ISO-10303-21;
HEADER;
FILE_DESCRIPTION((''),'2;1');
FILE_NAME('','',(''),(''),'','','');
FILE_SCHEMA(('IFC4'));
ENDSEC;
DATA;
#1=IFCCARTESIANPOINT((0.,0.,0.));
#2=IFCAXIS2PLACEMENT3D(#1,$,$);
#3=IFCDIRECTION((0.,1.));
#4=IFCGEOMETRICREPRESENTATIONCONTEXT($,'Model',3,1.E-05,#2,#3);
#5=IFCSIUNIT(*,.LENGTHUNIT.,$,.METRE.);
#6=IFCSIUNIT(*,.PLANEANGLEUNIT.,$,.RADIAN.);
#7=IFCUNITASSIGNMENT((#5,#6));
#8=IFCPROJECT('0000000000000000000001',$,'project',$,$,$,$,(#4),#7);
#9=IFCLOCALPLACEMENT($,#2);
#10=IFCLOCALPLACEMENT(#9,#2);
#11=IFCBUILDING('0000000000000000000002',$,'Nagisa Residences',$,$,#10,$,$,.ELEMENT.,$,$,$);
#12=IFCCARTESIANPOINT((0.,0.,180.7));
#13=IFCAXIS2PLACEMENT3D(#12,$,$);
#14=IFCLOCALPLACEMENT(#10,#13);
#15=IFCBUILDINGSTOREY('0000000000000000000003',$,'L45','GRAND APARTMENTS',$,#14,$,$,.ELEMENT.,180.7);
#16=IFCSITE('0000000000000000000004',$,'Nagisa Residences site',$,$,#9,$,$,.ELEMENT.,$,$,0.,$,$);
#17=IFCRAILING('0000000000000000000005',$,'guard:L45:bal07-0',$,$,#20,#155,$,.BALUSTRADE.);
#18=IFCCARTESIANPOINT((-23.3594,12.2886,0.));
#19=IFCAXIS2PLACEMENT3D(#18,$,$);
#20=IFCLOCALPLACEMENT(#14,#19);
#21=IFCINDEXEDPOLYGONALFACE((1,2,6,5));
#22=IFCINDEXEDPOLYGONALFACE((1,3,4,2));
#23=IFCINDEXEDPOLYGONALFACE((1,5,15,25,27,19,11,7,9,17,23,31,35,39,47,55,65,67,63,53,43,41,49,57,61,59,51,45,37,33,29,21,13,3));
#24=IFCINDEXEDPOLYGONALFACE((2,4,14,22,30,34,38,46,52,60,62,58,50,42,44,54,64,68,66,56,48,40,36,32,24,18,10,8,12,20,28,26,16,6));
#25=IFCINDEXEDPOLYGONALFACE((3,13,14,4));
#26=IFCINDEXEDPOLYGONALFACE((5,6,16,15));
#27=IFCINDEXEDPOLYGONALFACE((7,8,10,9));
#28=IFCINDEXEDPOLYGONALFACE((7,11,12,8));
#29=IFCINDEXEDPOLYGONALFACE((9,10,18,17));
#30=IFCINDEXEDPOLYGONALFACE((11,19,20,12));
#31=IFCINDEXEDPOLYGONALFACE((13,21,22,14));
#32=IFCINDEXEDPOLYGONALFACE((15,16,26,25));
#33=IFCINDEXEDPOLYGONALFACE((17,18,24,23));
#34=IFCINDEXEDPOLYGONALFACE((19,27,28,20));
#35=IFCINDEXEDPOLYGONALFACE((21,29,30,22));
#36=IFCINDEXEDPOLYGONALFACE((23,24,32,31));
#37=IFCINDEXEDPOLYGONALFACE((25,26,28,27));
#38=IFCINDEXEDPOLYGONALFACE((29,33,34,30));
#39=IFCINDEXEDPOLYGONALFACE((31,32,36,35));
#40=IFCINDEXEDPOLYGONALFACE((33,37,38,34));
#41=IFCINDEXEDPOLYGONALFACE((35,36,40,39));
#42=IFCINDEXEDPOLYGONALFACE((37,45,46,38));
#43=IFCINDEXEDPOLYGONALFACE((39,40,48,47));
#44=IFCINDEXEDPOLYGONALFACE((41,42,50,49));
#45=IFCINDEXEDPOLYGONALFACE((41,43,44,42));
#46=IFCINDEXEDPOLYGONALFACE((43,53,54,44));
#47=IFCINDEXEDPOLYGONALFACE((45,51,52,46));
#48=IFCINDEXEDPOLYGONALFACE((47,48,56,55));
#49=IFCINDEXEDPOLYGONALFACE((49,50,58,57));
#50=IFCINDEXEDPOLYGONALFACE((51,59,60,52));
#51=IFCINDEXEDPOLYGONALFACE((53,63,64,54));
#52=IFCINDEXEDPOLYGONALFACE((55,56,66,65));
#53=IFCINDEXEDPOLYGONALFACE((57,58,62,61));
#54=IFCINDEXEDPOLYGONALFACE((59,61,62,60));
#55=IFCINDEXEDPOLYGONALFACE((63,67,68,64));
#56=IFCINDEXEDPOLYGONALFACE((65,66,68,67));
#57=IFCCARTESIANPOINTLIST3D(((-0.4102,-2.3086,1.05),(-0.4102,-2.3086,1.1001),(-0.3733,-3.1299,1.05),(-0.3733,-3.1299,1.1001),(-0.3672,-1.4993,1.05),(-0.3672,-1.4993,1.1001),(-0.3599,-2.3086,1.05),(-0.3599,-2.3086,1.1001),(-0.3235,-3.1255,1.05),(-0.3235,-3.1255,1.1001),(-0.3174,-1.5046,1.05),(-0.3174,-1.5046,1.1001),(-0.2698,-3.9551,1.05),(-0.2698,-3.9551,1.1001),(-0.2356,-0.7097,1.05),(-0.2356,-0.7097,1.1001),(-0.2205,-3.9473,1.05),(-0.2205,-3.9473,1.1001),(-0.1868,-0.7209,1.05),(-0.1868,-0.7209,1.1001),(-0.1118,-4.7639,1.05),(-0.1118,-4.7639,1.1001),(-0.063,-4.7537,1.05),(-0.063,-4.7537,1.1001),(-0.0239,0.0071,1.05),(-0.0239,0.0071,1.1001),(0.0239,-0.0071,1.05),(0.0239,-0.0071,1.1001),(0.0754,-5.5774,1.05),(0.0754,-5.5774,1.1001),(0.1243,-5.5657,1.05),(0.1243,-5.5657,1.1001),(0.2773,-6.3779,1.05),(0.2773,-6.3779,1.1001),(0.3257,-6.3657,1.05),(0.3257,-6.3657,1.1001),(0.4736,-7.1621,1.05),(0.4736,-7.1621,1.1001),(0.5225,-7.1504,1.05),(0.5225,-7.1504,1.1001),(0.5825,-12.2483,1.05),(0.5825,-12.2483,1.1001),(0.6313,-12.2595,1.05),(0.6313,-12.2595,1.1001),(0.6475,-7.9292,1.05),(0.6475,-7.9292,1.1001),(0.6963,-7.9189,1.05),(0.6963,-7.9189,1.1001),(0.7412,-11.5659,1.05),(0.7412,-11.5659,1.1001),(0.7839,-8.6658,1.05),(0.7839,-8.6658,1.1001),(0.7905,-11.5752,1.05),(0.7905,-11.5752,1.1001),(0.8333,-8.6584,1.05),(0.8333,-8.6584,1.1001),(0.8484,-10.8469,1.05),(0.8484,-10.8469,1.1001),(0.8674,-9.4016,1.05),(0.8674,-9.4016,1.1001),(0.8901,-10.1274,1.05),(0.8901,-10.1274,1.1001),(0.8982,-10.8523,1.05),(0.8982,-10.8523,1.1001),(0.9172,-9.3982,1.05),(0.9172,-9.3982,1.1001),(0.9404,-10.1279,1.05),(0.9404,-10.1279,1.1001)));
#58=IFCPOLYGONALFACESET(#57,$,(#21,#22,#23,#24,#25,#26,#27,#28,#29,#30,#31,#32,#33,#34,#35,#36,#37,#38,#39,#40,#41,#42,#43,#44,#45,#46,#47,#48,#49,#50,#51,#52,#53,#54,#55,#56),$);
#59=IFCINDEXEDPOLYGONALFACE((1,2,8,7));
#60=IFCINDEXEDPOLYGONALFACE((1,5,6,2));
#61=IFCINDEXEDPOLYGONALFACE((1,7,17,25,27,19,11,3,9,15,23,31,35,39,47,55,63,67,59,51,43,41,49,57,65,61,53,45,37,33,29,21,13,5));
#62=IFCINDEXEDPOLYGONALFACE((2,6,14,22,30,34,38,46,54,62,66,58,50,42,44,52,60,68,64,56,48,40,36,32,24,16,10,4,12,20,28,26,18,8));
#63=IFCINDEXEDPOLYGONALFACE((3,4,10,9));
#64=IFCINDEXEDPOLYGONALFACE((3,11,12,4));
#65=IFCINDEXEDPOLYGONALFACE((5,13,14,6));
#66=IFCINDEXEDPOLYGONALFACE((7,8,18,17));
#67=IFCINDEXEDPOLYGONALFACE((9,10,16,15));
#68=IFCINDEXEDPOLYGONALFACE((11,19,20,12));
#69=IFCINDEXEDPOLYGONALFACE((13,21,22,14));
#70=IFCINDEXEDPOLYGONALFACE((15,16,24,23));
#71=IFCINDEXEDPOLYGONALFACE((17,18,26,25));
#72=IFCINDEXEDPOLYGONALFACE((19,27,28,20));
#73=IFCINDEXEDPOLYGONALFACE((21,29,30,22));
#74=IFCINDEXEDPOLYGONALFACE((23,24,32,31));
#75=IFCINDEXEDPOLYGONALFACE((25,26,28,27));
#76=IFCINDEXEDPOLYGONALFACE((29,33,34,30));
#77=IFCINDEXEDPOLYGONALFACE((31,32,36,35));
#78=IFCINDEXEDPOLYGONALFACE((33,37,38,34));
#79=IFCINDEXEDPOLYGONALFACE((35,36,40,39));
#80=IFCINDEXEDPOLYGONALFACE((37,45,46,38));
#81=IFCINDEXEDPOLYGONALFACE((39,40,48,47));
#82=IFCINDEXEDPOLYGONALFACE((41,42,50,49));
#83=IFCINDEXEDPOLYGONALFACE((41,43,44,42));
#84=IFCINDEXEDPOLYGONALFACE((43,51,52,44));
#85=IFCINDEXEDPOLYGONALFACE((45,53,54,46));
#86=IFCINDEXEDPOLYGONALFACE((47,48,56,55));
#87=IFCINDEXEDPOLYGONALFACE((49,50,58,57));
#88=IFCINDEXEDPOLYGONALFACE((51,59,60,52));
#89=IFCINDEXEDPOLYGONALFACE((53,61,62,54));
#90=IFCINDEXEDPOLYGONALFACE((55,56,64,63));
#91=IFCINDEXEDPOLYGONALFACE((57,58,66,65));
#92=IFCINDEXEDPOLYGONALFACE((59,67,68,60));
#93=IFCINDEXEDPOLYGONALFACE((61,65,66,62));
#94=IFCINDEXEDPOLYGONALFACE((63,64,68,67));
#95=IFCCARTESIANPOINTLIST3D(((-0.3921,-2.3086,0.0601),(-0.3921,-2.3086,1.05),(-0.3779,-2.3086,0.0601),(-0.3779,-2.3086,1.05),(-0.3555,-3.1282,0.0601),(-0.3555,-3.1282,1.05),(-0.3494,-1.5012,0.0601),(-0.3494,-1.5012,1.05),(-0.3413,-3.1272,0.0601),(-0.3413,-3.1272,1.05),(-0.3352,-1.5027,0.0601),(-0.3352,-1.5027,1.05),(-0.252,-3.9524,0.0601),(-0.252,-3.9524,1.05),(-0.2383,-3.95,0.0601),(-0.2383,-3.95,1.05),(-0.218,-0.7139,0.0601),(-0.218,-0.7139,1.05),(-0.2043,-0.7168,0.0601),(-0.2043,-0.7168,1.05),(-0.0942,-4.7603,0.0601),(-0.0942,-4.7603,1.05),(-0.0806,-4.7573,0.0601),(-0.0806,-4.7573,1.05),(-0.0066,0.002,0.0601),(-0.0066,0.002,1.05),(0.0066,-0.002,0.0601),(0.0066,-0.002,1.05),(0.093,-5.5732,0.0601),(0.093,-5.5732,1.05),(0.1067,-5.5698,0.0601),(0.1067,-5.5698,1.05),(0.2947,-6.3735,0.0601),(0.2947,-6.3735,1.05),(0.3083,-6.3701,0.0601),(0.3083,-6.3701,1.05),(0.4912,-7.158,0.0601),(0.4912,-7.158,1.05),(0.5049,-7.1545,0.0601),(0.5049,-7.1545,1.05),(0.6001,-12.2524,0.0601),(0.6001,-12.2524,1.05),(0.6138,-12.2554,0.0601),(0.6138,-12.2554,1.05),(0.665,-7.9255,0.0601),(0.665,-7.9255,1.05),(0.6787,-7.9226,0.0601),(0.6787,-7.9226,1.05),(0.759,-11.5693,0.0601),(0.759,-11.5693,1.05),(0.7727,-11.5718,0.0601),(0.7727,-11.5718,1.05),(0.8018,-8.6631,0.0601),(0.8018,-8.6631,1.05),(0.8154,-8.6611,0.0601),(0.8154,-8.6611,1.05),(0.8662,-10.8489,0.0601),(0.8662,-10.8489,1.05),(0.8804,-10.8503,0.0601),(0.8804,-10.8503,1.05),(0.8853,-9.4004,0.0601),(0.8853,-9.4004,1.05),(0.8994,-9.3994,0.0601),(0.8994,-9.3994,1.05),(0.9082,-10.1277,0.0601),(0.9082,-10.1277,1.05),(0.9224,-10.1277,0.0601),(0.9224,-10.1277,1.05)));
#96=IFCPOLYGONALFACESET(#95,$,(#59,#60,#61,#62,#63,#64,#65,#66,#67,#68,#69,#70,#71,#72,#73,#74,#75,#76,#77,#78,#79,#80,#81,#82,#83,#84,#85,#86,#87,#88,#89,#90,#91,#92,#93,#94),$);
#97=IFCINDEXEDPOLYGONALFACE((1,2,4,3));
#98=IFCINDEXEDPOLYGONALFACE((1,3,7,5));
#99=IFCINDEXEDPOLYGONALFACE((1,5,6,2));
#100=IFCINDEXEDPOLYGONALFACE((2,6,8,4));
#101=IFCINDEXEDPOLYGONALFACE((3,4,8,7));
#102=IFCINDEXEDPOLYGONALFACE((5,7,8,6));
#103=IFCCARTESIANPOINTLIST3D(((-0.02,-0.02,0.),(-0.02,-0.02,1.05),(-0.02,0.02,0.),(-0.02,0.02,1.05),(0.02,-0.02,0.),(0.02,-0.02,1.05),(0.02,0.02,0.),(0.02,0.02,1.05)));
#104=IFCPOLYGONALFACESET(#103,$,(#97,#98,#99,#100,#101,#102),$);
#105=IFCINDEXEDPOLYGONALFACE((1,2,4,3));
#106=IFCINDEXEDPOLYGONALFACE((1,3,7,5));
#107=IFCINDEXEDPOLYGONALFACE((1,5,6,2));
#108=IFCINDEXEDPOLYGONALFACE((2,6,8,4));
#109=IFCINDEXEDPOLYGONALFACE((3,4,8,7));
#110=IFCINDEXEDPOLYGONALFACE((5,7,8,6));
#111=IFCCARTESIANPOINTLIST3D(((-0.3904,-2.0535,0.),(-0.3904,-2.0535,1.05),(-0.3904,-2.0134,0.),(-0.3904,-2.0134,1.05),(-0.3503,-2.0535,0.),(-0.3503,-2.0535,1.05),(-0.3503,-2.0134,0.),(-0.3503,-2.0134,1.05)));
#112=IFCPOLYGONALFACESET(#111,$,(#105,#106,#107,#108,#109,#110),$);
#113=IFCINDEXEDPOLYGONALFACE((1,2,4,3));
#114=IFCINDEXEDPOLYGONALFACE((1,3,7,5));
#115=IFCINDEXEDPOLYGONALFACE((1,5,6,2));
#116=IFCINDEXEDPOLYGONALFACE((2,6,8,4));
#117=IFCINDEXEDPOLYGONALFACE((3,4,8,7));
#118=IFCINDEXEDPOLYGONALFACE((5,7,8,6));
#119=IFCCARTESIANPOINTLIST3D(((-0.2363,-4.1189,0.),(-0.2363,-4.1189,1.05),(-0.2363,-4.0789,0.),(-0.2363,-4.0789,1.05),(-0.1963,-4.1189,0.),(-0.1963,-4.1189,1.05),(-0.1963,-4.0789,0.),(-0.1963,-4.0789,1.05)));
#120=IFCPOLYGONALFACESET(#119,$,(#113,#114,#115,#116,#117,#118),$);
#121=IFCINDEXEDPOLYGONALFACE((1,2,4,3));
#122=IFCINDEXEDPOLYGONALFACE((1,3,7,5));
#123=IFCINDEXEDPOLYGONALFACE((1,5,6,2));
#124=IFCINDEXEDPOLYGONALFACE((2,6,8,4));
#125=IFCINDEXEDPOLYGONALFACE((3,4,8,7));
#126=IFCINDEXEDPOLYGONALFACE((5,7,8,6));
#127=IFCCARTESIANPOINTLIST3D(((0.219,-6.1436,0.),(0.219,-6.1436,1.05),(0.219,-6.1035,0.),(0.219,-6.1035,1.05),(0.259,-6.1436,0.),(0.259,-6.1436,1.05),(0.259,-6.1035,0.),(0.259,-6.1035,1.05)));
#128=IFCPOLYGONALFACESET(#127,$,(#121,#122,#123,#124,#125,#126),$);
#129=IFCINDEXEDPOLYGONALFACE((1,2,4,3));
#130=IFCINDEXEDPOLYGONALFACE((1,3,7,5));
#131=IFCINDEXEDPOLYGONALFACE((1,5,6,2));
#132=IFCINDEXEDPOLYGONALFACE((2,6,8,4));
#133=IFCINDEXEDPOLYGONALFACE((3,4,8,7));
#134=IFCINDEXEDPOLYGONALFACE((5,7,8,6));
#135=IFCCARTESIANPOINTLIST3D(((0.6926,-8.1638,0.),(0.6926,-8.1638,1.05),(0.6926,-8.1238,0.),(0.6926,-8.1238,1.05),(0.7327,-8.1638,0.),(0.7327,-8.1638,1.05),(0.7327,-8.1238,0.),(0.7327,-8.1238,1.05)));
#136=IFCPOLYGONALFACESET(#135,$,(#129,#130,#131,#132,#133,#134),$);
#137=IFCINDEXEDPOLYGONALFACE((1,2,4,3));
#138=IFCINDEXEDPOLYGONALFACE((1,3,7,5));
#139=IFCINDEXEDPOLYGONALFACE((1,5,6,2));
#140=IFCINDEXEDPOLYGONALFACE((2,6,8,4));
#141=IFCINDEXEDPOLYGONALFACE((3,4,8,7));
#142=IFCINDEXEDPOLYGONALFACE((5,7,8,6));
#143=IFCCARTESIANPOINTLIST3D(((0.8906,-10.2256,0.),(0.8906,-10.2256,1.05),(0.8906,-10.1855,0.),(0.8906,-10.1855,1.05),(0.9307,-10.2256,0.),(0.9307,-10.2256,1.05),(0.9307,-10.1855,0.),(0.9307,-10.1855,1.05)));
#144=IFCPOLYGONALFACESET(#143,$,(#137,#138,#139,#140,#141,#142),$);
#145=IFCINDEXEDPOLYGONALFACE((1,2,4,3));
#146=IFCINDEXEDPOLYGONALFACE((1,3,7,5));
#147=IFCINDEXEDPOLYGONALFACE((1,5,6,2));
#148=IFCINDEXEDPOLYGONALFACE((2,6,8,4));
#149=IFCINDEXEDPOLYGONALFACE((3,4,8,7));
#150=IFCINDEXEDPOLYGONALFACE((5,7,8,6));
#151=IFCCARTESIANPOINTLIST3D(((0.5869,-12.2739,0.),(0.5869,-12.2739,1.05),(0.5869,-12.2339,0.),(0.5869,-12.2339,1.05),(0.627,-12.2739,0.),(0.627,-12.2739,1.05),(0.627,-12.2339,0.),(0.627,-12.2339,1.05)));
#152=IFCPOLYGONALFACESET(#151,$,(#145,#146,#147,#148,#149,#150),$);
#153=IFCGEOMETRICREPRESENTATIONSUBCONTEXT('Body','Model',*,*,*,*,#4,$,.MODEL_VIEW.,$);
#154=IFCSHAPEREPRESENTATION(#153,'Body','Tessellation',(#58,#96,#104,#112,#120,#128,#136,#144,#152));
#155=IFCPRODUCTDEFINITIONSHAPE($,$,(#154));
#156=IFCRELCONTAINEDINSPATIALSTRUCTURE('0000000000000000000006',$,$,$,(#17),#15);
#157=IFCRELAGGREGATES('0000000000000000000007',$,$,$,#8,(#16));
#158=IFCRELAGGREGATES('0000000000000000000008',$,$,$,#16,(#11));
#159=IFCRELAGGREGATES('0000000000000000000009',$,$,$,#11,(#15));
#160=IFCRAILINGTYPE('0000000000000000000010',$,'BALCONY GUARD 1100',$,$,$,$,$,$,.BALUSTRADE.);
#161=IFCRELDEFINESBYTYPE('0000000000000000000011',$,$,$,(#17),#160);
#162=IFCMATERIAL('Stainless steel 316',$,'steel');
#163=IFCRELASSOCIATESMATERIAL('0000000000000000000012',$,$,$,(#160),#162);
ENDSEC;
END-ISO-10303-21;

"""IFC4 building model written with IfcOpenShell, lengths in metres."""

from ifc_helpers import new_model, si_unit, direction, frame, origin, origin_2d, place, context, subcontext, project, spatial, polyline, rectangle, outline, extrude, material, type_object, element, save


model = new_model("IFC4")

# Units and contexts
model_context = context("Model", 3, precision=1e-05, world=origin(), true_north=direction((0.0, 1.0)))
body_context = subcontext(model_context, "Body", "Model", "MODEL_VIEW")
ifc_project = project(units=[si_unit("LENGTHUNIT", "METRE"), si_unit("PLANEANGLEUNIT", "RADIAN")], contexts=[model_context])

# Site, building, storey
site_placement = place(None, origin())
site = spatial("IfcSite", under=ifc_project, at=site_placement, Name="Nagisa Residences site", CompositionType="ELEMENT", RefElevation=0.0)
building_placement = place(site_placement, origin())
building = spatial("IfcBuilding", under=site, at=building_placement, Name="Nagisa Residences", CompositionType="ELEMENT")
storey_placement = place(building_placement, frame((0.0, 0.0, 180.7)))
storey = spatial("IfcBuildingStorey", under=building, at=storey_placement, Name="L45", Description="GRAND APARTMENTS", CompositionType="ELEMENT", Elevation=180.7)

# Railing
ifc_material_1 = material(Name="Stainless steel 316", Category="steel")
railing_type = type_object("IfcRailingType", Name="BALCONY GUARD 1100", PredefinedType="BALUSTRADE", material=ifc_material_1)
railing_1_placement = place(storey_placement, frame((-23.3594, 12.2886, 0.0)))
element("IfcRailing", 1, at=railing_1_placement, inside=storey, type_object=railing_type, Name="guard:L45:bal07-0", PredefinedType="BALUSTRADE", context=body_context, shape_type="SweptSolid", body=[
    extrude(outline(polyline([(-0.1868, -0.7209), (0.0239, -0.0071), (-0.0239, 0.0071), (-0.2356, -0.7097), (-0.3672, -1.4993), (-0.4102, -2.3086), (-0.3733, -3.1299), (-0.2698, -3.9551), (-0.1118, -4.7639), (0.0754, -5.5774), (0.2773, -6.3779), (0.4736, -7.1621), (0.6475, -7.9292), (0.7839, -8.6658), (0.8674, -9.4016), (0.8901, -10.1274), (0.8484, -10.8469), (0.7412, -11.5659), (0.5825, -12.2483), (0.6313, -12.2595), (0.7905, -11.5752), (0.8982, -10.8523), (0.9404, -10.1279), (0.9172, -9.3982), (0.8333, -8.6584), (0.6963, -7.9189), (0.5225, -7.1504), (0.3257, -6.3657), (0.1243, -5.5657), (-0.063, -4.7537), (-0.2205, -3.9473), (-0.3235, -3.1255), (-0.3599, -2.3086), (-0.3174, -1.5046), (-0.1868, -0.7209)])), frame((0.0, 0.0, 1.05)), (0.0, 0.0, 1.0), 0.05),
    extrude(outline(polyline([(-0.2043, -0.7168), (0.0066, -0.002), (-0.0066, 0.002), (-0.218, -0.7139), (-0.3494, -1.5012), (-0.3921, -2.3086), (-0.3555, -3.1282), (-0.252, -3.9524), (-0.0942, -4.7603), (0.093, -5.5732), (0.2947, -6.3735), (0.4912, -7.158), (0.665, -7.9255), (0.8018, -8.6631), (0.8853, -9.4004), (0.9082, -10.1277), (0.8662, -10.8489), (0.759, -11.5693), (0.6001, -12.2524), (0.6138, -12.2554), (0.7727, -11.5718), (0.8804, -10.8503), (0.9224, -10.1277), (0.8994, -9.3994), (0.8154, -8.6611), (0.6787, -7.9226), (0.5049, -7.1545), (0.3083, -6.3701), (0.1067, -5.5698), (-0.0806, -4.7573), (-0.2383, -3.95), (-0.3413, -3.1272), (-0.3779, -2.3086), (-0.3352, -1.5027), (-0.2043, -0.7168)])), frame((0.0, 0.0, 0.0601)), (0.0, 0.0, 1.0), 0.99),
    extrude(rectangle(XDim=0.04, YDim=0.04, at=origin_2d()), origin(), (0.0, 0.0, 1.0), 1.05),
    extrude(rectangle(XDim=0.04, YDim=0.04, at=origin_2d()), frame((-0.3704, -2.0334, 0.0)), (0.0, 0.0, 1.0), 1.05),
    extrude(rectangle(XDim=0.04, YDim=0.04, at=origin_2d()), frame((-0.2163, -4.0989, 0.0)), (0.0, 0.0, 1.0), 1.05),
    extrude(rectangle(XDim=0.04, YDim=0.04, at=origin_2d()), frame((0.239, -6.1235, 0.0)), (0.0, 0.0, 1.0), 1.05),
    extrude(rectangle(XDim=0.04, YDim=0.04, at=origin_2d()), frame((0.7126, -8.1438, 0.0)), (0.0, 0.0, 1.0), 1.05),
    extrude(rectangle(XDim=0.04, YDim=0.04, at=origin_2d()), frame((0.9106, -10.2056, 0.0)), (0.0, 0.0, 1.0), 1.05),
    extrude(rectangle(XDim=0.04, YDim=0.04, at=origin_2d()), frame((0.6069, -12.2539, 0.0)), (0.0, 0.0, 1.0), 1.05),
])

save(model, "model.ifc")
